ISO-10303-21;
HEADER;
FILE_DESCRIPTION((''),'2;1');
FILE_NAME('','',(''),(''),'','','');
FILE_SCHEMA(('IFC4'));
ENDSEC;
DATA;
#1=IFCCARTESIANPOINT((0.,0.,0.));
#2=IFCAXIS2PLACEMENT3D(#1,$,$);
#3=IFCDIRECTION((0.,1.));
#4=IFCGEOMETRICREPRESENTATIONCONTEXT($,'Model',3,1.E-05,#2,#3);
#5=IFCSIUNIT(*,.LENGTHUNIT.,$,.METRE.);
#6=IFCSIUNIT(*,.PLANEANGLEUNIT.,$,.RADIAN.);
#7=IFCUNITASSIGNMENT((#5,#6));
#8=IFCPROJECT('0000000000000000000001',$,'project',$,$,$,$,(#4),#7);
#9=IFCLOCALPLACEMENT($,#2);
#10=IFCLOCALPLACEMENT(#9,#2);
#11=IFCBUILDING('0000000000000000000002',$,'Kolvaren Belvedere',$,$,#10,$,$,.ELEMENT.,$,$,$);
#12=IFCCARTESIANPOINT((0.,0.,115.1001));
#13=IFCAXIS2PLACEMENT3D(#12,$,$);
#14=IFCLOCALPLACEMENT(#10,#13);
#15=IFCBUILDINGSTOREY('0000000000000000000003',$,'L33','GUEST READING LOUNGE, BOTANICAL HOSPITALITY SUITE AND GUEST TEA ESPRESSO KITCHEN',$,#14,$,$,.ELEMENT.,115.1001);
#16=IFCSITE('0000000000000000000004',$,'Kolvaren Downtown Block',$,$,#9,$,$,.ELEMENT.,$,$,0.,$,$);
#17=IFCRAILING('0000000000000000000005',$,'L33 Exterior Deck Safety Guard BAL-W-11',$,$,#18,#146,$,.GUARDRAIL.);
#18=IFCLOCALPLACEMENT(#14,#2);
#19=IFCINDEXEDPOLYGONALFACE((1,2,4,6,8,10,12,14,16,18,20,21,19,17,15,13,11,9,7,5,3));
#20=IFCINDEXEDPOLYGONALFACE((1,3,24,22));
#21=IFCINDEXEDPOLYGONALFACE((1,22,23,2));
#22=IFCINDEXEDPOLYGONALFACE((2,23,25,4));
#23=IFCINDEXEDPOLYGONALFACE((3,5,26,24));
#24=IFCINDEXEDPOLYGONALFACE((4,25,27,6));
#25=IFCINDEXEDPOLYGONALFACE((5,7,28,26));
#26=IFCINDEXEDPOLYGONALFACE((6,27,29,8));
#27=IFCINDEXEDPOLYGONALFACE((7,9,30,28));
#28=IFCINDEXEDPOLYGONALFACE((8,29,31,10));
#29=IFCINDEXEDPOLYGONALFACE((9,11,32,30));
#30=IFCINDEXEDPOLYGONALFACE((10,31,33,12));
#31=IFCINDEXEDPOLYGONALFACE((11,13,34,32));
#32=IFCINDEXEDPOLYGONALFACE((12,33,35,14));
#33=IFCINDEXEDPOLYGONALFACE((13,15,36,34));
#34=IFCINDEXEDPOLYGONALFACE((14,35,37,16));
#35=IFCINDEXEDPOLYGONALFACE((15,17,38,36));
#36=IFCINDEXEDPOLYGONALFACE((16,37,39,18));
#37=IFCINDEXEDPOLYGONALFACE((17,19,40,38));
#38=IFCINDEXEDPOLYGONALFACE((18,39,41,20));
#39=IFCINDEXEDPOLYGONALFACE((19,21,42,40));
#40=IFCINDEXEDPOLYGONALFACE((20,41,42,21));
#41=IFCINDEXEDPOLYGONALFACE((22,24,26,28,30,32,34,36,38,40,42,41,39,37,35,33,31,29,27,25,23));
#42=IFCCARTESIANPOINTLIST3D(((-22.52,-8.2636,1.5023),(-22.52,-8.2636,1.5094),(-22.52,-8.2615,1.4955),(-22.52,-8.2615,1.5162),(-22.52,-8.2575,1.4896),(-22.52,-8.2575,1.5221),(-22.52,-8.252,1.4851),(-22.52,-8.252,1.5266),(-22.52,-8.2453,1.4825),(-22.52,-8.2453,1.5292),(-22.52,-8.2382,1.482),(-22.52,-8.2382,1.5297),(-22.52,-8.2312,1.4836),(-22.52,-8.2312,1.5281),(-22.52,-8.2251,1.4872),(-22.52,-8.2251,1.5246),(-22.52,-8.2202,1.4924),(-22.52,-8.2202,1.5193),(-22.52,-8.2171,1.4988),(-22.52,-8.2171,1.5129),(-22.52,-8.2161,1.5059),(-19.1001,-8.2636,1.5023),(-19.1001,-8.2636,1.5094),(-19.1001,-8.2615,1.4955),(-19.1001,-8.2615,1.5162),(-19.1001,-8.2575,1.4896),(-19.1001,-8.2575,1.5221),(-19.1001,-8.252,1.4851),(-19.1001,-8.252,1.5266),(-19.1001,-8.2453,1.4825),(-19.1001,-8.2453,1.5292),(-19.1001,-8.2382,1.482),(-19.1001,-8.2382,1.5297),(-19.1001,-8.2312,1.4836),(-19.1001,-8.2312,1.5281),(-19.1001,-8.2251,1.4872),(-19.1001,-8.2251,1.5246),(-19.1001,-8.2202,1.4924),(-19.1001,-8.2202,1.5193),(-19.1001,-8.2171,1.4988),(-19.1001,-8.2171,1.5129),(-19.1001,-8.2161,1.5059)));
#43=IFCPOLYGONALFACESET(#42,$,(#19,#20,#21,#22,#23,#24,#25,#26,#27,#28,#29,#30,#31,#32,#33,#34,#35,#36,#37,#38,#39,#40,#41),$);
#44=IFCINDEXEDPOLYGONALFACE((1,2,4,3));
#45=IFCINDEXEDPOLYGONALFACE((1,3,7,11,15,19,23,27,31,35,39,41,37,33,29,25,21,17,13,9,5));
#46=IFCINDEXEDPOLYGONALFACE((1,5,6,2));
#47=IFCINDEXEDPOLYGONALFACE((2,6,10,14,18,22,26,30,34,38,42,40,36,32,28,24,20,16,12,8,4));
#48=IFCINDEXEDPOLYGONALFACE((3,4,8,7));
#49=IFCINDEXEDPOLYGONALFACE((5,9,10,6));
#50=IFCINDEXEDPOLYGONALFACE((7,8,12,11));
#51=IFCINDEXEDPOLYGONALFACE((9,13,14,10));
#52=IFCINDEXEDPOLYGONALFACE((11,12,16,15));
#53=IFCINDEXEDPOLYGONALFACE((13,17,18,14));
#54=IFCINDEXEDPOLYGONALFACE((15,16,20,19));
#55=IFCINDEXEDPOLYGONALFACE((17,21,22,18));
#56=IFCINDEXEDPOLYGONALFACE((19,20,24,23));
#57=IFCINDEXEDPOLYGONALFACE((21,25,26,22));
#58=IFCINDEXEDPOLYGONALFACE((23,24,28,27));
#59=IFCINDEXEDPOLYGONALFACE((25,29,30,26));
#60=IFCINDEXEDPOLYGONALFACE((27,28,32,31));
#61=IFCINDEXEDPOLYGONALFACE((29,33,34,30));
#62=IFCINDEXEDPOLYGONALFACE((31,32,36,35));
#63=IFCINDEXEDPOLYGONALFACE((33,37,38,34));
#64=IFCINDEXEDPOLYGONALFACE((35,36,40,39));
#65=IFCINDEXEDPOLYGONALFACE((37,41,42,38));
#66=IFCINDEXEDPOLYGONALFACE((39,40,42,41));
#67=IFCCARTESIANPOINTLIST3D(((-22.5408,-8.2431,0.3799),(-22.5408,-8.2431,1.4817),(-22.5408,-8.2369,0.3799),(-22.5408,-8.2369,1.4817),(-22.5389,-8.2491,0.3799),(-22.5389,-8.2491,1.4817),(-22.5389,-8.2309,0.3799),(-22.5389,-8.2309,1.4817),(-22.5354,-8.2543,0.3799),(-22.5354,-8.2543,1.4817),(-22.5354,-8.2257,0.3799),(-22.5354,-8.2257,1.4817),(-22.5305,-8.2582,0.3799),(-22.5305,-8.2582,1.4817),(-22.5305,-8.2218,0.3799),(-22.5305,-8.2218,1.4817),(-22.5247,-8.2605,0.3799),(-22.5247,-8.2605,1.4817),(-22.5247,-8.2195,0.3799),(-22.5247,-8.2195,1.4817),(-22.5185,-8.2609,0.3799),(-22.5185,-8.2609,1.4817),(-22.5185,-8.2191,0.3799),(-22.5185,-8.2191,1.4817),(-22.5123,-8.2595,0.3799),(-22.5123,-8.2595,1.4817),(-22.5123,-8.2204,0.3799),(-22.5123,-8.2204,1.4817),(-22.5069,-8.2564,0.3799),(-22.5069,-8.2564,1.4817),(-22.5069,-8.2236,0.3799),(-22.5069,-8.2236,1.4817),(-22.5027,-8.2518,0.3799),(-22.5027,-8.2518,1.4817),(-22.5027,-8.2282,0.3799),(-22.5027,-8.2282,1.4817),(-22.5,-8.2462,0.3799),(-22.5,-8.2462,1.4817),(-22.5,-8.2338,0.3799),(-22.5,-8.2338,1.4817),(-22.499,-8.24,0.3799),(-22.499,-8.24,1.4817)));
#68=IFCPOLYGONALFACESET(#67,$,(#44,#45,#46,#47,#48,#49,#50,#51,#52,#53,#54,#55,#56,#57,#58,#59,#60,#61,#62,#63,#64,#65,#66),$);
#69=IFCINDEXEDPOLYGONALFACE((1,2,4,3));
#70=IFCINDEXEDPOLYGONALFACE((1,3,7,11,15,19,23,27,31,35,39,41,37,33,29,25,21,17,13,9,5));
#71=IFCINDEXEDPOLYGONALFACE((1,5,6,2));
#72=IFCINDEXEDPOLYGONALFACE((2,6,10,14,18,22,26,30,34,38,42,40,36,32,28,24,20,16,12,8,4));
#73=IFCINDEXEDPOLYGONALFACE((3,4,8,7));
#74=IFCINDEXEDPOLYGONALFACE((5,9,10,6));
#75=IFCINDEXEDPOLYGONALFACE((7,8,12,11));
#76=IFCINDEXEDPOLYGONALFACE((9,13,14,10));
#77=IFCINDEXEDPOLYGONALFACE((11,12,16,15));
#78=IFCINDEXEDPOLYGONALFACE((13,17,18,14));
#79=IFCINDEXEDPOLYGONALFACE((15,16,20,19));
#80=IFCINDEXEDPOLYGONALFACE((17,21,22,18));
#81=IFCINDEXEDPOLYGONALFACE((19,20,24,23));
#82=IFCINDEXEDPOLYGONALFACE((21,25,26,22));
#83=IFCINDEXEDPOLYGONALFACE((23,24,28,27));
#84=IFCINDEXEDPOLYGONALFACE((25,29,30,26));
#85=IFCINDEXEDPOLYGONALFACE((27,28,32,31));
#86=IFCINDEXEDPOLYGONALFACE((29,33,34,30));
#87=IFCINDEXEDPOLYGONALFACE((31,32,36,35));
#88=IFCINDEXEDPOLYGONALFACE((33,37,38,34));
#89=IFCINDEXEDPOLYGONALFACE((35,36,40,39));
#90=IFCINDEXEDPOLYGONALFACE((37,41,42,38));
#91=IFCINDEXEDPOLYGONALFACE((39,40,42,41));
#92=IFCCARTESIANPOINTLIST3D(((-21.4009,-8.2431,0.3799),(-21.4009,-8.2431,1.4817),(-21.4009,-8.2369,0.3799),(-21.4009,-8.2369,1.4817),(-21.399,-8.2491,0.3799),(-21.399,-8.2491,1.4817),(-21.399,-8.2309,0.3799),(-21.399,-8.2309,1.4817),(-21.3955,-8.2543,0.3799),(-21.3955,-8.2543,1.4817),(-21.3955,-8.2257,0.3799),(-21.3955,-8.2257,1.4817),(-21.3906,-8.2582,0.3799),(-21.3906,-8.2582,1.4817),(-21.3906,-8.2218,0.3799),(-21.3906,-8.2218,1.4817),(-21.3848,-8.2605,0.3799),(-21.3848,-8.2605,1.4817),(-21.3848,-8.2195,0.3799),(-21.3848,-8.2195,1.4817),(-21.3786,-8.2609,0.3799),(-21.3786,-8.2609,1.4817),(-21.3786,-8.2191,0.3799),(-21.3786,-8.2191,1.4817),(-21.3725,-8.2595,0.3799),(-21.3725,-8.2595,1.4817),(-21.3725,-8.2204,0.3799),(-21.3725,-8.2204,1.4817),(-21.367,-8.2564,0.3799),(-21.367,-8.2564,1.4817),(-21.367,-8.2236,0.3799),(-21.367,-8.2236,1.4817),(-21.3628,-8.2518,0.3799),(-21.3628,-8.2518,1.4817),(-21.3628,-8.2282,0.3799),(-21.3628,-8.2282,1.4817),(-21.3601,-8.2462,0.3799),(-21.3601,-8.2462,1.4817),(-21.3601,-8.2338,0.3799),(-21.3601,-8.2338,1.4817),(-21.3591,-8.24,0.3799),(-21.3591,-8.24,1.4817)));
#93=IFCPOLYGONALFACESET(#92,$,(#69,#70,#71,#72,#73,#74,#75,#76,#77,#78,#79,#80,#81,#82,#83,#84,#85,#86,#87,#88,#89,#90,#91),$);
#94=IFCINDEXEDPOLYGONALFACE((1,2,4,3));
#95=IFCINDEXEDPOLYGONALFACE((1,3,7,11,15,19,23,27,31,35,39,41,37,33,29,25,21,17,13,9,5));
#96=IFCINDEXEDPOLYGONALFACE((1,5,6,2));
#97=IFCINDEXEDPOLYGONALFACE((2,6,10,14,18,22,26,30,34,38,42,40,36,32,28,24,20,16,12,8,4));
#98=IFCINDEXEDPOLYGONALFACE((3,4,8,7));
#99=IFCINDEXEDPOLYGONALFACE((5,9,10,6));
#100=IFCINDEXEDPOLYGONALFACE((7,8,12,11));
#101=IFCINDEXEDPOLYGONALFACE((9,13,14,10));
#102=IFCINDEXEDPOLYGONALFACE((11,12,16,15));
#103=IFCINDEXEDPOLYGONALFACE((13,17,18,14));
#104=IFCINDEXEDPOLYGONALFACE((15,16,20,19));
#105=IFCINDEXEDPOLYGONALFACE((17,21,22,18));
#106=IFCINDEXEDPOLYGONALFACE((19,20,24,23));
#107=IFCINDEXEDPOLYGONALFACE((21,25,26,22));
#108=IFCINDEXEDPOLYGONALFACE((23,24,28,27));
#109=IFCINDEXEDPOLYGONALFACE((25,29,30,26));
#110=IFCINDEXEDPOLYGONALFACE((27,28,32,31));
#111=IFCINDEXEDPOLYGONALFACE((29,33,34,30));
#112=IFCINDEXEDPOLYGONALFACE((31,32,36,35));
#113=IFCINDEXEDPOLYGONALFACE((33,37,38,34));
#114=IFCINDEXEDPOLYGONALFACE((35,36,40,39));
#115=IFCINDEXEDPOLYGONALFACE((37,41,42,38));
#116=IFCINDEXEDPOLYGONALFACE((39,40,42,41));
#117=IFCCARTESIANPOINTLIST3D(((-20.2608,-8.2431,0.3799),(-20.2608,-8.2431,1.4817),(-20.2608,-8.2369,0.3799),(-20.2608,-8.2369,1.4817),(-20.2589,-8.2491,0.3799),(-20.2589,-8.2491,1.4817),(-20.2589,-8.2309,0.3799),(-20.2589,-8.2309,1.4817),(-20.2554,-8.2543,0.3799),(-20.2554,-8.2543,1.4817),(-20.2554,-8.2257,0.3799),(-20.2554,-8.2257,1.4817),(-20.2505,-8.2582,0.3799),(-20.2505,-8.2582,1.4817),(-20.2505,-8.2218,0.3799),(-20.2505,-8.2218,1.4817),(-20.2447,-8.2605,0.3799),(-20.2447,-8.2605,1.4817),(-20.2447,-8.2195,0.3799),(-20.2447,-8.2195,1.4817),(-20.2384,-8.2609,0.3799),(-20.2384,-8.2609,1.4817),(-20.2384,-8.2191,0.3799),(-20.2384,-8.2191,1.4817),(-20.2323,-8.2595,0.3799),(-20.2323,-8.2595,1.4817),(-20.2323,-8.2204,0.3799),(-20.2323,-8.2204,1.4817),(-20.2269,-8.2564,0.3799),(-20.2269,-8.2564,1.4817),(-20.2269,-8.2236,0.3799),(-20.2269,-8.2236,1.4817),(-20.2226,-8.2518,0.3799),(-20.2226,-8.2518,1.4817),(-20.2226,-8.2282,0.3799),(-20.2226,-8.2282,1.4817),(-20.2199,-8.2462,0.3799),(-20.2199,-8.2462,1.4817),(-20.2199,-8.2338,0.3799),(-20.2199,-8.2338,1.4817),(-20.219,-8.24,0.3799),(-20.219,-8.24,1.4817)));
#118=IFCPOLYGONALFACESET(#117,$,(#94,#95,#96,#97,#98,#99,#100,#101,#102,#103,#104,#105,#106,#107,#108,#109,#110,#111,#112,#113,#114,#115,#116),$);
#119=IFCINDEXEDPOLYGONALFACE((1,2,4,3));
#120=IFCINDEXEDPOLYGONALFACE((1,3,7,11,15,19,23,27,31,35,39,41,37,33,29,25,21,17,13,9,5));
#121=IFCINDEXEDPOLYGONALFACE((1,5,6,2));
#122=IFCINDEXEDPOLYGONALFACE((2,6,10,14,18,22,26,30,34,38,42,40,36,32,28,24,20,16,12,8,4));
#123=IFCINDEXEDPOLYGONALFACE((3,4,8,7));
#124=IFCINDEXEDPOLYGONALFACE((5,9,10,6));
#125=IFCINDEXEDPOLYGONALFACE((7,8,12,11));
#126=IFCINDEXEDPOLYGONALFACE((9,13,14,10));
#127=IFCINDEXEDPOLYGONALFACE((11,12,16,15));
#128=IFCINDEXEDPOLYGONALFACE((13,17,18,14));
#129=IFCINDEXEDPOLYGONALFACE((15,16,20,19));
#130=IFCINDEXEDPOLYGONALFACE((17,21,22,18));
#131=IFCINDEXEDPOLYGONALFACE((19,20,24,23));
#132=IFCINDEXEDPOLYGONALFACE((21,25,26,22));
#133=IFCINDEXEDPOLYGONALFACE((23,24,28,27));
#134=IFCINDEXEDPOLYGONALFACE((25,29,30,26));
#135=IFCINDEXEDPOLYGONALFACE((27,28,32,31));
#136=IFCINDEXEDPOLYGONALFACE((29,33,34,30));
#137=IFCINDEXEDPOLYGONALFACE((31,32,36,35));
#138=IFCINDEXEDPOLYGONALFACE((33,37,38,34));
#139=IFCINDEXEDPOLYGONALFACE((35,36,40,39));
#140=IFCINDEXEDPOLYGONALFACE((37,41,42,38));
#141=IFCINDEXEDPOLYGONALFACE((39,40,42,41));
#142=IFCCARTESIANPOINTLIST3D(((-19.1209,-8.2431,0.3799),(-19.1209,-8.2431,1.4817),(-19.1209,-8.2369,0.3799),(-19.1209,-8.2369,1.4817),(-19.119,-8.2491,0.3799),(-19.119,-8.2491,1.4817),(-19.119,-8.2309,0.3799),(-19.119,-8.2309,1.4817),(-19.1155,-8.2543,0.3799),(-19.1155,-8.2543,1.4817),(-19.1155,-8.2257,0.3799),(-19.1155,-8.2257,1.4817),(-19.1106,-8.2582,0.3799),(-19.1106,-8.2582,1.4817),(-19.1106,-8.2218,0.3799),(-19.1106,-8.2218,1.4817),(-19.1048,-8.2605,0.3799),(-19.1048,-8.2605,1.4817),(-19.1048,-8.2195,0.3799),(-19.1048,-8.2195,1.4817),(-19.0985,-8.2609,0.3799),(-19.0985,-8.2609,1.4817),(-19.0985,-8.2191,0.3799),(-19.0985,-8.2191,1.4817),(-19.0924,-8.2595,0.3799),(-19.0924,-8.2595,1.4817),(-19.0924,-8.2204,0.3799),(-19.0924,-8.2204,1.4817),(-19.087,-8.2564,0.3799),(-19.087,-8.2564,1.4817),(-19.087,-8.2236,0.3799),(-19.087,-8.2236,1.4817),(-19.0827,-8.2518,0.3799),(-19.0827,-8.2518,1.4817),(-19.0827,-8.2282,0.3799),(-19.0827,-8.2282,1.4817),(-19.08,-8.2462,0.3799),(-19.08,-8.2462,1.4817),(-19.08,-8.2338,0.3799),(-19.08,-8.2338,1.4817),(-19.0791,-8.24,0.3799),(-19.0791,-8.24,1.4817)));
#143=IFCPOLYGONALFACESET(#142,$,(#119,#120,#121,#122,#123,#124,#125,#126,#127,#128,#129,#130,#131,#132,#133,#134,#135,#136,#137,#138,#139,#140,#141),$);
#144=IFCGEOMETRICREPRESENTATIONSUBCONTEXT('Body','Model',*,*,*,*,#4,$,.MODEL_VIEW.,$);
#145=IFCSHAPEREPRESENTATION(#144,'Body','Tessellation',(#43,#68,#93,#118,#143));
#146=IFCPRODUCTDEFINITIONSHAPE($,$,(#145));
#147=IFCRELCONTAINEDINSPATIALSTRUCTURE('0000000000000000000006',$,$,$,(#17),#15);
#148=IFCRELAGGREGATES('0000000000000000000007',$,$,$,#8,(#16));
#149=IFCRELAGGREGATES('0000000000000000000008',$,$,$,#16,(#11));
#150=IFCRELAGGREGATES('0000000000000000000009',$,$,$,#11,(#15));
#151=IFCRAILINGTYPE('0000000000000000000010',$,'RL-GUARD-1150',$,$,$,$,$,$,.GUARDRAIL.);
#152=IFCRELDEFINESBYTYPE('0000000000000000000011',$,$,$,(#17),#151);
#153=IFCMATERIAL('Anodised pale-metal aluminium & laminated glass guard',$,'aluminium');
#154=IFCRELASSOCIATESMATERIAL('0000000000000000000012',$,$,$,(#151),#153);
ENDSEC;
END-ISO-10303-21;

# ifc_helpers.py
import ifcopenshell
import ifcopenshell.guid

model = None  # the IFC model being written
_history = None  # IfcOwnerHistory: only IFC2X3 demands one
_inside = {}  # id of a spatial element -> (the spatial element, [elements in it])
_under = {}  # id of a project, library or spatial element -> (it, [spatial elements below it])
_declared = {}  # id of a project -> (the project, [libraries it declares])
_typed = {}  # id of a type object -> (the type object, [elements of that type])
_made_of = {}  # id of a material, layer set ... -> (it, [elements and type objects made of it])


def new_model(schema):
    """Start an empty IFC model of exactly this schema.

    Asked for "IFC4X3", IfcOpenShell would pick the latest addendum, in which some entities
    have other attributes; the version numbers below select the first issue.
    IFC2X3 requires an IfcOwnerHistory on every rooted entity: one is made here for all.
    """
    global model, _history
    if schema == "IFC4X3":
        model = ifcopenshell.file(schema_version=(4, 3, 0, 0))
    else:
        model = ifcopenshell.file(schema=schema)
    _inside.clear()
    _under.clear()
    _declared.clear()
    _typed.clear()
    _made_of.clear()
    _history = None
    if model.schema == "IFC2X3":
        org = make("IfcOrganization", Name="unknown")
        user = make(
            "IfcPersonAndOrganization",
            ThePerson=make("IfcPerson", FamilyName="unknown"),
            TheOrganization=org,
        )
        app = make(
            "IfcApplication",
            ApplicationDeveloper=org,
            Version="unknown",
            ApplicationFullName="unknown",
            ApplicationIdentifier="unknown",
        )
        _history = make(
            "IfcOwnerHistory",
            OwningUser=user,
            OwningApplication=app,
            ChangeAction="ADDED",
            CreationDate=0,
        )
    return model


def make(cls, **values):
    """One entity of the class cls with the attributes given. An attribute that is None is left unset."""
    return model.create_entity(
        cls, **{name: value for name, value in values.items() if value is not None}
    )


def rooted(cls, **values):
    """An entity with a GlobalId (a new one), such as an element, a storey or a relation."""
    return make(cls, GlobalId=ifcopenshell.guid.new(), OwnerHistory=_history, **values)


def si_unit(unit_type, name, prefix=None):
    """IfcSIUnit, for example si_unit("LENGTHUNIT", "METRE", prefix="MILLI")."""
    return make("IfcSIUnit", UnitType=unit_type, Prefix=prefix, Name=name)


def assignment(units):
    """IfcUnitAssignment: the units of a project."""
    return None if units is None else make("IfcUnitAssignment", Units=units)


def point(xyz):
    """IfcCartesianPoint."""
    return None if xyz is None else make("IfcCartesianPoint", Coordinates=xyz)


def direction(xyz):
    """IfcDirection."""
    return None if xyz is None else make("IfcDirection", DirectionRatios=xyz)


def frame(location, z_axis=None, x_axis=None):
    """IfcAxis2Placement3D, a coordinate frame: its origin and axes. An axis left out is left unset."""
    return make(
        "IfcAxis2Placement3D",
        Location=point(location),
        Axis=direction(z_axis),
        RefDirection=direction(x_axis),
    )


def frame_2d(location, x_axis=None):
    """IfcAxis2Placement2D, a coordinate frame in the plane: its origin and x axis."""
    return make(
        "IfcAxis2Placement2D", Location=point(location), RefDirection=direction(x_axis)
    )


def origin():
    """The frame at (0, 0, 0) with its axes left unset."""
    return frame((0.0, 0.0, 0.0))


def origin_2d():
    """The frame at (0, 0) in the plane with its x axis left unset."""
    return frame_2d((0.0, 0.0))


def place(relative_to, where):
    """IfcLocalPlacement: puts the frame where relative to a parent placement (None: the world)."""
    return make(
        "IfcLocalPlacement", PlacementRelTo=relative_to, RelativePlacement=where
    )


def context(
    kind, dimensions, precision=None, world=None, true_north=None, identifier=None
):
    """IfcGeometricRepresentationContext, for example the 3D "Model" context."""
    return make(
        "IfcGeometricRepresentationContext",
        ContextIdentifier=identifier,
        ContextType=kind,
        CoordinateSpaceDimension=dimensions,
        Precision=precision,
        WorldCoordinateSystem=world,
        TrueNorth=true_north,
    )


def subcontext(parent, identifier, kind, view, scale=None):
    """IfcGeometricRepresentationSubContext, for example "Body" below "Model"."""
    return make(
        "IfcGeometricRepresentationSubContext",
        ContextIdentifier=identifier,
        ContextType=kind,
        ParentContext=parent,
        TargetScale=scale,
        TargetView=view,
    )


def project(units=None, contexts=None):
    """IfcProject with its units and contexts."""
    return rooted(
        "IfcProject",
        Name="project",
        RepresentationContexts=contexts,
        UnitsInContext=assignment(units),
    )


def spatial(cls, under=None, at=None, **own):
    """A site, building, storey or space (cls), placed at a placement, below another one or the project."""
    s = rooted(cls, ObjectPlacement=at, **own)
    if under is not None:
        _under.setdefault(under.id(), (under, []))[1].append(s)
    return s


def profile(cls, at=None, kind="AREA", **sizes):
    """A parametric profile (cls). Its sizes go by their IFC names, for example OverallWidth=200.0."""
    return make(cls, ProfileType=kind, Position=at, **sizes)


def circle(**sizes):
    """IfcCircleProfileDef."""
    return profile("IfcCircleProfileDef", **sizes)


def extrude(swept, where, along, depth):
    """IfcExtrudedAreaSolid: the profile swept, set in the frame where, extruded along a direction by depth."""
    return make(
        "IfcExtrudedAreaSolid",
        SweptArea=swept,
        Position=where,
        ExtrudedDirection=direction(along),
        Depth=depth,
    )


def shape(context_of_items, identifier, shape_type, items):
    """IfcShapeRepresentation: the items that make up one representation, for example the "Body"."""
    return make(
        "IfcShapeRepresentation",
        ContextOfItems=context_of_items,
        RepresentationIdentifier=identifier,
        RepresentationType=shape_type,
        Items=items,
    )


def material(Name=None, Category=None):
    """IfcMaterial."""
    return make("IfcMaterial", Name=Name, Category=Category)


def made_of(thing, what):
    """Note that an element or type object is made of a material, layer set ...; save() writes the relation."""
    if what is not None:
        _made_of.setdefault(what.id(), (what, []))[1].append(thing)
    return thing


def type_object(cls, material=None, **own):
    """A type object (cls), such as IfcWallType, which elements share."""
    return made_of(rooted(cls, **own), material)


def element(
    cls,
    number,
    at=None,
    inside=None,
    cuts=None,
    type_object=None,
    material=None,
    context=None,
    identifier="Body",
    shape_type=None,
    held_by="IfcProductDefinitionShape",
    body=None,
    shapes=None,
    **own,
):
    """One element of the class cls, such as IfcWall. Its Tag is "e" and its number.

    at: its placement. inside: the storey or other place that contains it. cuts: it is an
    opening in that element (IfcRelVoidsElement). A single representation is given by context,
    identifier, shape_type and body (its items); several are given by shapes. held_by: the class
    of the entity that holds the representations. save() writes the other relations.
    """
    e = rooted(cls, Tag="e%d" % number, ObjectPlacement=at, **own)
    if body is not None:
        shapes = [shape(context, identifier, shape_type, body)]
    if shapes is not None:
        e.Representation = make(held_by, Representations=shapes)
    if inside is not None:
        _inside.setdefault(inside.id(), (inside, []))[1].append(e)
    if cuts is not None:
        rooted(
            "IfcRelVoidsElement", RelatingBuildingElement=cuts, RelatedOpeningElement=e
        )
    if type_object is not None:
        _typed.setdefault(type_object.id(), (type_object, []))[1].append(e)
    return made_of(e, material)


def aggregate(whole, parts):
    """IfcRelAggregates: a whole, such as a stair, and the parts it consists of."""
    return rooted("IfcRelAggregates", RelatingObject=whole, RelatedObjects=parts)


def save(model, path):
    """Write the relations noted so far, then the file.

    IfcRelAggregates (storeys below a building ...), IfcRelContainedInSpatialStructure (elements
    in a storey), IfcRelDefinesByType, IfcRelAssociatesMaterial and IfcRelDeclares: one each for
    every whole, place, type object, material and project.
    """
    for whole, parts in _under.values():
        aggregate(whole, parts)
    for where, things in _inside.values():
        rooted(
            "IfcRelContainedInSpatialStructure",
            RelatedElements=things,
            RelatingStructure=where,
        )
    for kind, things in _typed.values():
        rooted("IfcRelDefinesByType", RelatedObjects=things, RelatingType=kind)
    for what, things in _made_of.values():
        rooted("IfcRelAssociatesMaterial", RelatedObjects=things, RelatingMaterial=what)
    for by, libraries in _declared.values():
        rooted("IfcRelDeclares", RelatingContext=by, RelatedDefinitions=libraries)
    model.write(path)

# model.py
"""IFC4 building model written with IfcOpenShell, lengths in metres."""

from ifc_helpers import new_model, si_unit, direction, frame, origin, origin_2d, place, context, subcontext, project, spatial, circle, extrude, material, type_object, element, save


model = new_model("IFC4")

# Units and contexts
model_context = context("Model", 3, precision=1e-05, world=origin(), true_north=direction((0.0, 1.0)))
body_context = subcontext(model_context, "Body", "Model", "MODEL_VIEW")
ifc_project = project(units=[si_unit("LENGTHUNIT", "METRE"), si_unit("PLANEANGLEUNIT", "RADIAN")], contexts=[model_context])

# Site, building, storey
site_placement = place(None, origin())
site = spatial("IfcSite", under=ifc_project, at=site_placement, Name="Kolvaren Downtown Block", CompositionType="ELEMENT", RefElevation=0.0)
building_placement = place(site_placement, origin())
building = spatial("IfcBuilding", under=site, at=building_placement, Name="Kolvaren Belvedere", CompositionType="ELEMENT")
storey_placement = place(building_placement, frame((0.0, 0.0, 115.1001)))
storey = spatial("IfcBuildingStorey", under=building, at=storey_placement, Name="L33", Description="GUEST READING LOUNGE, BOTANICAL HOSPITALITY SUITE AND GUEST TEA ESPRESSO KITCHEN", CompositionType="ELEMENT", Elevation=115.1001)

# Railing
ifc_material_1 = material(Name="Anodised pale-metal aluminium & laminated glass guard", Category="aluminium")
railing_type = type_object("IfcRailingType", Name="RL-GUARD-1150", PredefinedType="GUARDRAIL", material=ifc_material_1)
railing_1_placement = place(storey_placement, frame((-22.52, -8.24, 0.3799)))
element("IfcRailing", 1, at=railing_1_placement, inside=storey, type_object=railing_type, Name="L33 Exterior Deck Safety Guard BAL-W-11", PredefinedType="GUARDRAIL", context=body_context, shape_type="SweptSolid", body=[
    extrude(circle(Radius=0.0239, at=origin_2d()), frame((0.0, 0.0, 1.126), z_axis=(1.0, 0.0, 0.0), x_axis=(0.0, 1.0, 0.0)), (0.0, 0.0, 1.0), 3.4199),
    extrude(circle(Radius=0.021, at=origin_2d()), origin(), (0.0, 0.0, 1.0), 1.1018),
    extrude(circle(Radius=0.021, at=origin_2d()), frame((1.1399, 0.0, 0.0)), (0.0, 0.0, 1.0), 1.1018),
    extrude(circle(Radius=0.021, at=origin_2d()), frame((2.28, 0.0, 0.0)), (0.0, 0.0, 1.0), 1.1018),
    extrude(circle(Radius=0.021, at=origin_2d()), frame((3.4199, 0.0, 0.0)), (0.0, 0.0, 1.0), 1.1018),
])

save(model, "model.ifc")
